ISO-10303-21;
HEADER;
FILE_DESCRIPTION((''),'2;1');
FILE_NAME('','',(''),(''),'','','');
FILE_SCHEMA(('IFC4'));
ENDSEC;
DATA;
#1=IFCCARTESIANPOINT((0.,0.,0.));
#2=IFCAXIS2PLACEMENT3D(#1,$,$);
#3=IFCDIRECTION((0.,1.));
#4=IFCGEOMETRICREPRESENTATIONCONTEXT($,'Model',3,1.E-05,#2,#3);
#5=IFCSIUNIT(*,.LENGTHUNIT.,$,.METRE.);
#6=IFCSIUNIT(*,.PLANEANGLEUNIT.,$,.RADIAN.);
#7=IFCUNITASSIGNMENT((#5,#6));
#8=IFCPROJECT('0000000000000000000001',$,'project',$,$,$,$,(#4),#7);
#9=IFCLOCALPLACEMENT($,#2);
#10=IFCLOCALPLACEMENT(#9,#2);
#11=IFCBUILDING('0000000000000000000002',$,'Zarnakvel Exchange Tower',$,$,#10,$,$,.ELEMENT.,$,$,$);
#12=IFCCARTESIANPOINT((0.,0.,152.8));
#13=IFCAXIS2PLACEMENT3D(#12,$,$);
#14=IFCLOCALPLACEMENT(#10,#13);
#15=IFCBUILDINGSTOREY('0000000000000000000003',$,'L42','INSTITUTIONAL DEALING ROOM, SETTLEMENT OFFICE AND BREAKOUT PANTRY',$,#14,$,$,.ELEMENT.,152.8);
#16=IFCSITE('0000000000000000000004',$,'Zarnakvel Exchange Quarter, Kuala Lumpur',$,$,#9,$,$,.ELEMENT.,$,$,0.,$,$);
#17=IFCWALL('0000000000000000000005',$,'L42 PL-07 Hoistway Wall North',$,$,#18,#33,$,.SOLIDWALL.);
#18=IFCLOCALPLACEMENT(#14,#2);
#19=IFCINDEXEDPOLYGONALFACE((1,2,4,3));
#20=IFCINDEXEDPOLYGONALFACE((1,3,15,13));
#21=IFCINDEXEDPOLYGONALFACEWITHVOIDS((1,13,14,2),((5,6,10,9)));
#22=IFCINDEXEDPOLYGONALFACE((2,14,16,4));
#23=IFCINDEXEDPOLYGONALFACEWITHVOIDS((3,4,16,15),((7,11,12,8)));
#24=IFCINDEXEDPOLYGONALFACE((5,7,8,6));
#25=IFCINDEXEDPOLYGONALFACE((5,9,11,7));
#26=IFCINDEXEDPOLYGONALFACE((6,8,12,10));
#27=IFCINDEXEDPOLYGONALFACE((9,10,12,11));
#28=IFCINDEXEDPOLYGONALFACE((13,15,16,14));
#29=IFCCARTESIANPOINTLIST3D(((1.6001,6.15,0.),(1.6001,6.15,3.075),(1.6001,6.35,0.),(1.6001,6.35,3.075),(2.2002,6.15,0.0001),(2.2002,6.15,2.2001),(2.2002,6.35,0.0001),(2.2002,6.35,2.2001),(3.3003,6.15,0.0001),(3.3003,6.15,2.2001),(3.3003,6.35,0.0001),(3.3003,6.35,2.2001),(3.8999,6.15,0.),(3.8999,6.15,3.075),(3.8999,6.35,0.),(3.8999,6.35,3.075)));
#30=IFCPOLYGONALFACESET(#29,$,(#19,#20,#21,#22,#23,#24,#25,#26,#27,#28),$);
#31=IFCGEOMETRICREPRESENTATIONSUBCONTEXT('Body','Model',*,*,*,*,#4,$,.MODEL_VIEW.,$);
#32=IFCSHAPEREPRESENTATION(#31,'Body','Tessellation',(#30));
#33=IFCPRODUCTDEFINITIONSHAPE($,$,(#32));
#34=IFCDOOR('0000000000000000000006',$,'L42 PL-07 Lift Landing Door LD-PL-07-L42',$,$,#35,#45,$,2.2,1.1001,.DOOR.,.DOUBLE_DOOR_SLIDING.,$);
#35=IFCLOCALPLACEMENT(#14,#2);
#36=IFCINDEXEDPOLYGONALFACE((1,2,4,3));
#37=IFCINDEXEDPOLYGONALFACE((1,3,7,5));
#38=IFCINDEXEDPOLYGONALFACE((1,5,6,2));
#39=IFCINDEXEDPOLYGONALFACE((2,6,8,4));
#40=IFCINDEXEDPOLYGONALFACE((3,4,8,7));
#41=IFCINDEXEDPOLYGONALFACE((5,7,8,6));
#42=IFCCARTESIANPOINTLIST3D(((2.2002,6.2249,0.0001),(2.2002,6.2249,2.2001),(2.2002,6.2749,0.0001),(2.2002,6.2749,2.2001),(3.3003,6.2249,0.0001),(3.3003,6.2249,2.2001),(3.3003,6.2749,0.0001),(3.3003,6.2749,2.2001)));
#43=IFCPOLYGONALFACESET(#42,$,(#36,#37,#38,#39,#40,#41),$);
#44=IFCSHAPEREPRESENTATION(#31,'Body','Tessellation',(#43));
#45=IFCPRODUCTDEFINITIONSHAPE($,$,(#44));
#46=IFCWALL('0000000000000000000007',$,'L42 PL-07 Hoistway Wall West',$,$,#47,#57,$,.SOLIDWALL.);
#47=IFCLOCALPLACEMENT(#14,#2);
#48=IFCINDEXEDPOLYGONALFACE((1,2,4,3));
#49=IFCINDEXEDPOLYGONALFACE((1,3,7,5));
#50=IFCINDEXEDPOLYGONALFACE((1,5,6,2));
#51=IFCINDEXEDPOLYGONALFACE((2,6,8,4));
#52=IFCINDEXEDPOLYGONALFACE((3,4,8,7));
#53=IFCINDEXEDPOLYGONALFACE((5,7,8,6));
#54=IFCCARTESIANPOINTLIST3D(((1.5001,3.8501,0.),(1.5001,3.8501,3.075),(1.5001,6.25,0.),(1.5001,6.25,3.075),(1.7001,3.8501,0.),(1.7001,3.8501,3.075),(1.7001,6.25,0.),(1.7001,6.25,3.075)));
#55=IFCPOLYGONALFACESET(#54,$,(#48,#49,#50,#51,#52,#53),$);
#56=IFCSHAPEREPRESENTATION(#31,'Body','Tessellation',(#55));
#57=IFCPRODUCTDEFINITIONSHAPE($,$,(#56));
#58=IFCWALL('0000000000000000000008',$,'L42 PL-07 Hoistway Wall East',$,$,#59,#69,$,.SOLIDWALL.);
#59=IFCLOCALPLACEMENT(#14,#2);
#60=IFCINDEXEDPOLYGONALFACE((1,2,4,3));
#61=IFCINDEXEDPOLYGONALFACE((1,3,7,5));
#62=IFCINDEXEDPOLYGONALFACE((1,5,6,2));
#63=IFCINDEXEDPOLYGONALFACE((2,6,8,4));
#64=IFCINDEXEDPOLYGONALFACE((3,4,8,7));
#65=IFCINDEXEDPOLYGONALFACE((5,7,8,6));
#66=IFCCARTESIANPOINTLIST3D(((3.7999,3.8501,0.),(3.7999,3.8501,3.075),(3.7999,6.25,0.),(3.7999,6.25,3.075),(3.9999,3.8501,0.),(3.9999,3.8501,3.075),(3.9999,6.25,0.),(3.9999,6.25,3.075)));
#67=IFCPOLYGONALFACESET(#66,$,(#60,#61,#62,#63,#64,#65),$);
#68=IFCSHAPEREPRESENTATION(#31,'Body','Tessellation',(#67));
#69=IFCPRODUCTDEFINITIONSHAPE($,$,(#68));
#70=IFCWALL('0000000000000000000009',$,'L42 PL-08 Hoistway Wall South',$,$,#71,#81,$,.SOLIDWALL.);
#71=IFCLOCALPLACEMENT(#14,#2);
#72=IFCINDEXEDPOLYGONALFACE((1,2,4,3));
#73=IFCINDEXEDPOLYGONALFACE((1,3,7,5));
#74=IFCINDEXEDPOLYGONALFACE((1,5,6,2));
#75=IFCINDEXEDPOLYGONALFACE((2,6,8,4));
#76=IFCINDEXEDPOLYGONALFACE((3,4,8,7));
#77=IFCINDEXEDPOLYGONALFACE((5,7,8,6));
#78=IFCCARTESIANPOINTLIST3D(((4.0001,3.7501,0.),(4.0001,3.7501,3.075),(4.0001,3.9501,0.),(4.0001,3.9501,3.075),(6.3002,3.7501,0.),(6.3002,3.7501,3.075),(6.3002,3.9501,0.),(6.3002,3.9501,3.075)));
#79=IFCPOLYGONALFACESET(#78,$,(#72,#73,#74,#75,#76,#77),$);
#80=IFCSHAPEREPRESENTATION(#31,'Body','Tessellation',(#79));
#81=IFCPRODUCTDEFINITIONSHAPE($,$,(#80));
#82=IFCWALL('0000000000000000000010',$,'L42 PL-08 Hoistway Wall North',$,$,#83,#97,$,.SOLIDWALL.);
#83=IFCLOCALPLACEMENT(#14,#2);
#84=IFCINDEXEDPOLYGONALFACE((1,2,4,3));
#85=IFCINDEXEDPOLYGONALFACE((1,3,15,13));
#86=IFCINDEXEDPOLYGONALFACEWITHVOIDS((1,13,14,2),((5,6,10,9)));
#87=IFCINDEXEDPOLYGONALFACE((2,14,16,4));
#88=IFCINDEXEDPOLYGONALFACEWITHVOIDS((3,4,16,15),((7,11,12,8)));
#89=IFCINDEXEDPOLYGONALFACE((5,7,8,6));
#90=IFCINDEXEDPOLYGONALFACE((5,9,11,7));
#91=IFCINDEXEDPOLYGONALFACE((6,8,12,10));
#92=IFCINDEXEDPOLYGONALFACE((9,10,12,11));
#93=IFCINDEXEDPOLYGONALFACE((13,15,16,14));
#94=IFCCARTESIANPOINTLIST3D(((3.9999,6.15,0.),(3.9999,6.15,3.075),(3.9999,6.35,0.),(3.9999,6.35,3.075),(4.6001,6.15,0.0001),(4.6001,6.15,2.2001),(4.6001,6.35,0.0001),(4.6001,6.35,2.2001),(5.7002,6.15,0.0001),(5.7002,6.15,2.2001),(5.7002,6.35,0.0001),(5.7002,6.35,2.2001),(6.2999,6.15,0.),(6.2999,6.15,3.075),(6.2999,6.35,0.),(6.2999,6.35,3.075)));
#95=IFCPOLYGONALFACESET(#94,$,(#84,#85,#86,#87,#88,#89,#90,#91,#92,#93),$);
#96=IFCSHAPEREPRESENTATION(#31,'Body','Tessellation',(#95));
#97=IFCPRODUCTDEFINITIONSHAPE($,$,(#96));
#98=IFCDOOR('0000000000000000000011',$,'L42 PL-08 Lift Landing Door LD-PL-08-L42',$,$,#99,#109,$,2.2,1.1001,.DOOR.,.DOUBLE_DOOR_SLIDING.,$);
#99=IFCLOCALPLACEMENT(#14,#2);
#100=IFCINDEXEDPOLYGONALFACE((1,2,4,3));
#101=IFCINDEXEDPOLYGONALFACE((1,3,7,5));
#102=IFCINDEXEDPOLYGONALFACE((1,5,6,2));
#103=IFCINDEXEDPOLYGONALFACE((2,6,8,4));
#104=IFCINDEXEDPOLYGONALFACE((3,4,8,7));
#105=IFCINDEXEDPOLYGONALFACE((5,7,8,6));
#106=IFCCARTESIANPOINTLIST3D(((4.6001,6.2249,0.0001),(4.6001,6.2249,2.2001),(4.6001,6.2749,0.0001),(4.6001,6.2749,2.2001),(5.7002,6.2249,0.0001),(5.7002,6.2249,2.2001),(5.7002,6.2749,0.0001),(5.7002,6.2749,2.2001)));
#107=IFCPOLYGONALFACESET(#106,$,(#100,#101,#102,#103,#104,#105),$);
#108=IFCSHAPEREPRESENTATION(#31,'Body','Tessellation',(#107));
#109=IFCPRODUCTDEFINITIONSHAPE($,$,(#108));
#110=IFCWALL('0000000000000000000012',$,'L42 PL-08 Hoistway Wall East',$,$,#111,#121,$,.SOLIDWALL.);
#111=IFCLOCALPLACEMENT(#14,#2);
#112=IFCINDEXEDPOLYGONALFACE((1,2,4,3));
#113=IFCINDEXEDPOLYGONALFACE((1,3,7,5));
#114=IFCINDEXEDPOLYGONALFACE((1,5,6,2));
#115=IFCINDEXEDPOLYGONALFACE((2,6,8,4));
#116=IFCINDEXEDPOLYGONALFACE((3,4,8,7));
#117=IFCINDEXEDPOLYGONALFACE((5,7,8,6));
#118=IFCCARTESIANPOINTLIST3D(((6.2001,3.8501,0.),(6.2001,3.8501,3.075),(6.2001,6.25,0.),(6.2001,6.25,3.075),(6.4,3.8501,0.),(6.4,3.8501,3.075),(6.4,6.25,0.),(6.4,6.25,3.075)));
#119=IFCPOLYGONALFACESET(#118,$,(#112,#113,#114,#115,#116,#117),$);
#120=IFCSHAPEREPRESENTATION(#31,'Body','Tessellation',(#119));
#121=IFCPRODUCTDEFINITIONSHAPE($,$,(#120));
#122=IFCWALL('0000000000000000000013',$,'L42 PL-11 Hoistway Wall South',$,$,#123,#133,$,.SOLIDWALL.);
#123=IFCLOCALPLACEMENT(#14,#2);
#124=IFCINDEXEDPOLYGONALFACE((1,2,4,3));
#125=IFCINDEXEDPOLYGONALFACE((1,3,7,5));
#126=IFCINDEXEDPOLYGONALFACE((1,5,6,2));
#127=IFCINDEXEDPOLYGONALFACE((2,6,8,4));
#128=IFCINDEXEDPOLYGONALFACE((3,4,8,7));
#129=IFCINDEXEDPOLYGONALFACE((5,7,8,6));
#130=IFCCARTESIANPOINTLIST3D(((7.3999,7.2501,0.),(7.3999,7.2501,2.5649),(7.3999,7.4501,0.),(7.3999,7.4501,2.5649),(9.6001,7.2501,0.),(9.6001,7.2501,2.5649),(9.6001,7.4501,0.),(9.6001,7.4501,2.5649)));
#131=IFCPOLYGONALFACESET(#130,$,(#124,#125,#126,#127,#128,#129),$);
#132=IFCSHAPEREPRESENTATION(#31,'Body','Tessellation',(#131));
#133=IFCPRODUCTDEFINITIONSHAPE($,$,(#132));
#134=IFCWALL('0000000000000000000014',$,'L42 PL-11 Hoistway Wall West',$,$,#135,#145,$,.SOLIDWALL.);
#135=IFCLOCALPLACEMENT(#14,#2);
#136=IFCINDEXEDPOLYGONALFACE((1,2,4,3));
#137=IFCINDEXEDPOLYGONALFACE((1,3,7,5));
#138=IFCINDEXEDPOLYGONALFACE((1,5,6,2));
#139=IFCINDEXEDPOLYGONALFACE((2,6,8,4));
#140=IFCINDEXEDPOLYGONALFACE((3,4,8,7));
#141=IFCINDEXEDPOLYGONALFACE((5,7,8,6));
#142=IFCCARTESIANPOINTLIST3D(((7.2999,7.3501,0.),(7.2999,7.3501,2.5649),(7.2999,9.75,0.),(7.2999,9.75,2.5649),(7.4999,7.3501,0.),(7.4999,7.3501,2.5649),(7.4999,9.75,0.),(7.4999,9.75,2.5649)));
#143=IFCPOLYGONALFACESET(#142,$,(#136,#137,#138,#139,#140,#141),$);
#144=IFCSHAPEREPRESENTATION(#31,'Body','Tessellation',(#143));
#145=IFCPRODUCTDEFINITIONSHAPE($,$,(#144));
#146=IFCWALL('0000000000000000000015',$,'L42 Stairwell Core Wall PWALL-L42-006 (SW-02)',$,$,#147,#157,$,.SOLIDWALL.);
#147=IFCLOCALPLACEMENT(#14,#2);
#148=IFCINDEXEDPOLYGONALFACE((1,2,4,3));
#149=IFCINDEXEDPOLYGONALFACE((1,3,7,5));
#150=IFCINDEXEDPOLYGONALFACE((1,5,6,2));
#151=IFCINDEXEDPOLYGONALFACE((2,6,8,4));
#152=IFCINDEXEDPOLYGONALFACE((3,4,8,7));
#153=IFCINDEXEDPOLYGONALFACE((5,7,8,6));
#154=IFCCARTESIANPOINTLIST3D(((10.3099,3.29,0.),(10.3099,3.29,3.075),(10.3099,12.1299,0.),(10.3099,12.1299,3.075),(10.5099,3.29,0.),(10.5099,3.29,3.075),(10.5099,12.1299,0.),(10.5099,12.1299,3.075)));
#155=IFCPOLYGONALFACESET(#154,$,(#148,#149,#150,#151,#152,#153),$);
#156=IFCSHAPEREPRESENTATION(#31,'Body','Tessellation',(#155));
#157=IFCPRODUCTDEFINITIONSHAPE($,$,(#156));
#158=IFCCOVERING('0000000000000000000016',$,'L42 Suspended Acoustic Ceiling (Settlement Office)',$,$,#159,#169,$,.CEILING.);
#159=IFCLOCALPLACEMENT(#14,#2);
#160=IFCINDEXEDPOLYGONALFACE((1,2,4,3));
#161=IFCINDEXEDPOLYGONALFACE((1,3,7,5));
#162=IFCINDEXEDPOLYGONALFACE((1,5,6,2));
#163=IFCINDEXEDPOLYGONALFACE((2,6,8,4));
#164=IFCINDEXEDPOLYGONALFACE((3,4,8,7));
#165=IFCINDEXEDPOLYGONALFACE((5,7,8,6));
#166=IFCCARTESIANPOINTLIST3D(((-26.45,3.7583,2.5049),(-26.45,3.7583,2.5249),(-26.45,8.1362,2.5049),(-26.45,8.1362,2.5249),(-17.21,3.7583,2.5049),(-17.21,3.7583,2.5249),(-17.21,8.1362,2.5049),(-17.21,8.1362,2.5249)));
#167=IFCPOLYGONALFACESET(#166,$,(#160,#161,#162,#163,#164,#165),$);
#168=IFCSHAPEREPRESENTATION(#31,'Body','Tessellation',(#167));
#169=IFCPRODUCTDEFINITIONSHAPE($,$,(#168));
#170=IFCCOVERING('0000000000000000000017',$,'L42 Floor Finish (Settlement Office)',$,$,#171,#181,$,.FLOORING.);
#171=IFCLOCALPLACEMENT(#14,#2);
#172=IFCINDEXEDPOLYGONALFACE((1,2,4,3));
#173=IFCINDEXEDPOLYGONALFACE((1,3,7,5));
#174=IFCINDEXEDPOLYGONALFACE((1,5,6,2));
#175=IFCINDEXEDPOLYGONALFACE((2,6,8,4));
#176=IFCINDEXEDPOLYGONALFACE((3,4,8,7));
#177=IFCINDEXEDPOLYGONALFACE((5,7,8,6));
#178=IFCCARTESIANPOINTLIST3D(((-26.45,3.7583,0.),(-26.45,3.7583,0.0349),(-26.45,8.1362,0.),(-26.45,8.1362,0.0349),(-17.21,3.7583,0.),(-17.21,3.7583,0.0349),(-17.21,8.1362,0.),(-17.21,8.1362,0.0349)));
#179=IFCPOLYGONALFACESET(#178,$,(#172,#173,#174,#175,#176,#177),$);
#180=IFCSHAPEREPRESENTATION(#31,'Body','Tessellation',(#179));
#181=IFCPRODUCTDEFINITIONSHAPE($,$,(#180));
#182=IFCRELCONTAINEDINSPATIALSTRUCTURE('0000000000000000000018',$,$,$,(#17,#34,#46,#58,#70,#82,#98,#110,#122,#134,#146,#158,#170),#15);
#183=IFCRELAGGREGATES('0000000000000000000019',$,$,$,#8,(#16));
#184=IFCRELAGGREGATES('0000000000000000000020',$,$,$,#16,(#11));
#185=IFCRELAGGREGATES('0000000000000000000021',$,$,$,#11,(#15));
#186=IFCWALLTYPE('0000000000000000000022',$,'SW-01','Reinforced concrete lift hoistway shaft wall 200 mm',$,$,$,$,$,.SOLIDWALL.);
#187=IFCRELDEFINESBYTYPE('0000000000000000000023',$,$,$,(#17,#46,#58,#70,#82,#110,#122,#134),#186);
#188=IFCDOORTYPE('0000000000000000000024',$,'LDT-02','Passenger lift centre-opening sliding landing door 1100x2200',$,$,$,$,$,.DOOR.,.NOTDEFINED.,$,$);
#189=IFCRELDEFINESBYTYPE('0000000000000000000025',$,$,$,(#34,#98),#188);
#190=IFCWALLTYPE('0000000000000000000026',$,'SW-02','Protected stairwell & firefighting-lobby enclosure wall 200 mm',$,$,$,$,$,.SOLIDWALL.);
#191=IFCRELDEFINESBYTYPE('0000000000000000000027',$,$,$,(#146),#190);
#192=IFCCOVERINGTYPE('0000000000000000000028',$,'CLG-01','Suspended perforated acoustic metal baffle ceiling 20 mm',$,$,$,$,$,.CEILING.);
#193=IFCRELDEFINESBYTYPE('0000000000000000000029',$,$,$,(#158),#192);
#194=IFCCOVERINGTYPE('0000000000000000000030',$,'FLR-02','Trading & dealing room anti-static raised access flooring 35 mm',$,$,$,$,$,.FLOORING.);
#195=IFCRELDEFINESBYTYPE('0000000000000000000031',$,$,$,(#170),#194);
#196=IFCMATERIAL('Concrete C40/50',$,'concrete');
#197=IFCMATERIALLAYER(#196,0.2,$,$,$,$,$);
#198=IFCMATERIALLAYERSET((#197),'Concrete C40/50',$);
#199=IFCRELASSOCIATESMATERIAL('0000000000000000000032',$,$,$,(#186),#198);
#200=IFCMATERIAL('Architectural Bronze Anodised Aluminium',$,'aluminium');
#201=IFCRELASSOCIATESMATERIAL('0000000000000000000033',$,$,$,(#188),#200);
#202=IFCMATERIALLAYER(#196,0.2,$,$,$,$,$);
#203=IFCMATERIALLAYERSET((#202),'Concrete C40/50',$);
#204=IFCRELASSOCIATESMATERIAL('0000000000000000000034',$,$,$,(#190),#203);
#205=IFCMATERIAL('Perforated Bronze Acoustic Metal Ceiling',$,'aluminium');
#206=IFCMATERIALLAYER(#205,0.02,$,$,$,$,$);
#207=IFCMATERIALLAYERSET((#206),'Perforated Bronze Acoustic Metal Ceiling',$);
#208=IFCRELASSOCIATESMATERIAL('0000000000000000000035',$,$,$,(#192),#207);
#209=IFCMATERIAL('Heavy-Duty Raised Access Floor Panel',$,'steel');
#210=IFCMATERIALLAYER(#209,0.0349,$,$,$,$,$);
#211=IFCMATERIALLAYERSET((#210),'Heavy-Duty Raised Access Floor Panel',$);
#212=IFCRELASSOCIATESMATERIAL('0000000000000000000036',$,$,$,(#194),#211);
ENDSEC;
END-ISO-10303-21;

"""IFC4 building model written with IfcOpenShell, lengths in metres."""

from ifc_helpers import new_model, si_unit, direction, frame, frame_2d, origin, place, context, subcontext, project, spatial, polyline, rectangle, outline, extrude, source, transform, mapped, material, layer, layer_set, type_object, element, fill, save


model = new_model("IFC4")

# Units and contexts
model_context = context("Model", 3, precision=1e-05, world=origin(), true_north=direction((0.0, 1.0)))
body_context = subcontext(model_context, "Body", "Model", "MODEL_VIEW")
ifc_project = project(units=[si_unit("LENGTHUNIT", "METRE"), si_unit("PLANEANGLEUNIT", "RADIAN")], contexts=[model_context])

# Site, building, storey
site_placement = place(None, origin())
site = spatial("IfcSite", under=ifc_project, at=site_placement, Name="Zarnakvel Exchange Quarter, Kuala Lumpur", CompositionType="ELEMENT", RefElevation=0.0)
building_placement = place(site_placement, origin())
building = spatial("IfcBuilding", under=site, at=building_placement, Name="Zarnakvel Exchange Tower", CompositionType="ELEMENT")
storey_placement = place(building_placement, frame((0.0, 0.0, 152.8)))
storey = spatial("IfcBuildingStorey", under=building, at=storey_placement, Name="L42", Description="INSTITUTIONAL DEALING ROOM, SETTLEMENT OFFICE AND BREAKOUT PANTRY", CompositionType="ELEMENT", Elevation=152.8)

# Shared definitions
ifc_material_1 = material(Name="Concrete C40/50", Category="concrete")
ifc_layer_1 = layer(ifc_material_1, 0.2)
ifc_layer_set_1 = layer_set([ifc_layer_1], Name="Concrete C40/50")
wall_type_1 = type_object("IfcWallType", Name="SW-01", Description="Reinforced concrete lift hoistway shaft wall 200 mm", PredefinedType="SOLIDWALL", material=ifc_layer_set_1)
shared_shape_1 = source(origin(), body_context, "Body", "SweptSolid", [
    extrude(rectangle(XDim=1.1001, YDim=2.2, at=frame_2d((0.55, 1.1001))), frame((0.0, 0.0249, 0.0), z_axis=(0.0, -1.0, 0.0), x_axis=(1.0, 0.0, 0.0)), (0.0, 0.0, 1.0), 0.05),
])

# Wall, opening, door
wall_1_placement = place(storey_placement, frame((1.6001, 6.25, 0.0), z_axis=(0.0, 0.0, 1.0), x_axis=(1.0, 0.0, 0.0)))
wall_1 = element("IfcWall", 1, at=wall_1_placement, inside=storey, type_object=wall_type_1, Name="L42 PL-07 Hoistway Wall North", PredefinedType="SOLIDWALL", context=body_context, shape_type="SweptSolid", body=[
    extrude(rectangle(XDim=2.2998, YDim=0.2, at=frame_2d((1.1499, 0.0))), origin(), (0.0, 0.0, 1.0), 3.075),
])
opening_1_placement = place(wall_1_placement, frame((0.6001, 0.0, 0.0)))
opening_1 = element("IfcOpeningElement", 2, at=opening_1_placement, cuts=wall_1, PredefinedType="OPENING", context=body_context, shape_type="SweptSolid", body=[
    extrude(rectangle(XDim=1.1001, YDim=2.2, at=frame_2d((0.55, 1.1001))), frame((0.0, 0.1099, 0.0), z_axis=(0.0, -1.0, 0.0), x_axis=(1.0, 0.0, 0.0)), (0.0, 0.0, 1.0), 0.22),
])
ifc_material_2 = material(Name="Architectural Bronze Anodised Aluminium", Category="aluminium")
door_type_1 = type_object("IfcDoorType", Name="LDT-02", Description="Passenger lift centre-opening sliding landing door 1100x2200", OperationType="NOTDEFINED", PredefinedType="DOOR", material=ifc_material_2)
door_1_placement = place(opening_1_placement, origin())
door_1 = element("IfcDoor", 3, at=door_1_placement, inside=storey, type_object=door_type_1, Name="L42 PL-07 Lift Landing Door LD-PL-07-L42", OperationType="DOUBLE_DOOR_SLIDING", OverallHeight=2.2, OverallWidth=1.1001, PredefinedType="DOOR", context=body_context, shape_type="MappedRepresentation", body=[
    mapped(shared_shape_1, transform((0.0, 0.0, 0.0), x_axis=(1.0, 0.0, 0.0), y_axis=(0.0, 1.0, 0.0), z_axis=(0.0, 0.0, 1.0), scale=1.0)),
])
fill(opening_1, door_1)

# Walls
for number, where, z_axis, x_axis, name in (
    (4, (1.6001, 3.8501, 0.0), (0.0, 0.0, 1.0), (0.0, 1.0, 0.0), "L42 PL-07 Hoistway Wall West"),
    (5, (3.8999, 6.25, 0.0), (0.0, 0.0, 1.0), (0.0, -1.0, 0.0), "L42 PL-07 Hoistway Wall East"),
):
    element("IfcWall", number, at=place(storey_placement, frame(where, z_axis=z_axis, x_axis=x_axis)), inside=storey, type_object=wall_type_1, Name=name, PredefinedType="SOLIDWALL", context=body_context, shape_type="SweptSolid", body=[
        extrude(rectangle(XDim=2.3999, YDim=0.2, at=frame_2d((1.2, 0.0))), origin(), (0.0, 0.0, 1.0), 3.075),
    ])
wall_2_placement = place(storey_placement, frame((6.3, 3.8501, 0.0), z_axis=(0.0, 0.0, 1.0), x_axis=(-1.0, 0.0, 0.0)))
element("IfcWall", 6, at=wall_2_placement, inside=storey, type_object=wall_type_1, Name="L42 PL-08 Hoistway Wall South", PredefinedType="SOLIDWALL", context=body_context, shape_type="SweptSolid", body=[
    extrude(rectangle(XDim=2.3, YDim=0.2, at=frame_2d((1.1499, 0.0))), origin(), (0.0, 0.0, 1.0), 3.075),
])

# Wall, opening, door
wall_3_placement = place(storey_placement, frame((4.0, 6.25, 0.0), z_axis=(0.0, 0.0, 1.0), x_axis=(1.0, 0.0, 0.0)))
wall_3 = element("IfcWall", 7, at=wall_3_placement, inside=storey, type_object=wall_type_1, Name="L42 PL-08 Hoistway Wall North", PredefinedType="SOLIDWALL", context=body_context, shape_type="SweptSolid", body=[
    extrude(rectangle(XDim=2.3, YDim=0.2, at=frame_2d((1.1499, 0.0))), origin(), (0.0, 0.0, 1.0), 3.075),
])
opening_2_placement = place(wall_3_placement, frame((0.6001, 0.0, 0.0)))
opening_2 = element("IfcOpeningElement", 8, at=opening_2_placement, cuts=wall_3, PredefinedType="OPENING", context=body_context, shape_type="SweptSolid", body=[
    extrude(rectangle(XDim=1.1001, YDim=2.2, at=frame_2d((0.55, 1.1001))), frame((0.0, 0.1099, 0.0), z_axis=(0.0, -1.0, 0.0), x_axis=(1.0, 0.0, 0.0)), (0.0, 0.0, 1.0), 0.22),
])
door_2_placement = place(opening_2_placement, origin())
door_2 = element("IfcDoor", 9, at=door_2_placement, inside=storey, type_object=door_type_1, Name="L42 PL-08 Lift Landing Door LD-PL-08-L42", OperationType="DOUBLE_DOOR_SLIDING", OverallHeight=2.2, OverallWidth=1.1001, PredefinedType="DOOR", context=body_context, shape_type="MappedRepresentation", body=[
    mapped(shared_shape_1, transform((0.0, 0.0, 0.0), x_axis=(1.0, 0.0, 0.0), y_axis=(0.0, 1.0, 0.0), z_axis=(0.0, 0.0, 1.0), scale=1.0)),
])
fill(opening_2, door_2)

# Walls
wall_4_placement = place(storey_placement, frame((6.3, 6.25, 0.0), z_axis=(0.0, 0.0, 1.0), x_axis=(0.0, -1.0, 0.0)))
element("IfcWall", 10, at=wall_4_placement, inside=storey, type_object=wall_type_1, Name="L42 PL-08 Hoistway Wall East", PredefinedType="SOLIDWALL", context=body_context, shape_type="SweptSolid", body=[
    extrude(rectangle(XDim=2.3999, YDim=0.2, at=frame_2d((1.2, 0.0))), origin(), (0.0, 0.0, 1.0), 3.075),
])
wall_5_placement = place(storey_placement, frame((9.6001, 7.3501, 0.0), z_axis=(0.0, 0.0, 1.0), x_axis=(-1.0, 0.0, 0.0)))
element("IfcWall", 11, at=wall_5_placement, inside=storey, type_object=wall_type_1, Name="L42 PL-11 Hoistway Wall South", PredefinedType="SOLIDWALL", context=body_context, shape_type="SweptSolid", body=[
    extrude(rectangle(XDim=2.2002, YDim=0.2, at=frame_2d((1.1001, 0.0))), origin(), (0.0, 0.0, 1.0), 2.5649),
])
wall_6_placement = place(storey_placement, frame((7.3999, 7.3501, 0.0), z_axis=(0.0, 0.0, 1.0), x_axis=(0.0, 1.0, 0.0)))
element("IfcWall", 12, at=wall_6_placement, inside=storey, type_object=wall_type_1, Name="L42 PL-11 Hoistway Wall West", PredefinedType="SOLIDWALL", context=body_context, shape_type="SweptSolid", body=[
    extrude(rectangle(XDim=2.3999, YDim=0.2, at=frame_2d((1.2, 0.0))), origin(), (0.0, 0.0, 1.0), 2.5649),
])
ifc_layer_2 = layer(ifc_material_1, 0.2)
ifc_layer_set_2 = layer_set([ifc_layer_2], Name="Concrete C40/50")
wall_type_2 = type_object("IfcWallType", Name="SW-02", Description="Protected stairwell & firefighting-lobby enclosure wall 200 mm", PredefinedType="SOLIDWALL", material=ifc_layer_set_2)
wall_7_placement = place(storey_placement, frame((10.4099, 3.29, 0.0), z_axis=(0.0, 0.0, 1.0), x_axis=(0.0, 1.0, 0.0)))
element("IfcWall", 13, at=wall_7_placement, inside=storey, type_object=wall_type_2, Name="L42 Stairwell Core Wall PWALL-L42-006 (SW-02)", PredefinedType="SOLIDWALL", context=body_context, shape_type="SweptSolid", body=[
    extrude(rectangle(XDim=8.8398, YDim=0.2, at=frame_2d((4.4199, 0.0))), origin(), (0.0, 0.0, 1.0), 3.075),
])

# Coverings
ifc_material_3 = material(Name="Perforated Bronze Acoustic Metal Ceiling", Category="aluminium")
ifc_layer_3 = layer(ifc_material_3, 0.02)
ifc_layer_set_3 = layer_set([ifc_layer_3], Name="Perforated Bronze Acoustic Metal Ceiling")
covering_type_1 = type_object("IfcCoveringType", Name="CLG-01", Description="Suspended perforated acoustic metal baffle ceiling 20 mm", PredefinedType="CEILING", material=ifc_layer_set_3)
covering_1_placement = place(storey_placement, frame((0.0, 0.0, 2.5049)))
element("IfcCovering", 14, at=covering_1_placement, inside=storey, type_object=covering_type_1, Name="L42 Suspended Acoustic Ceiling (Settlement Office)", PredefinedType="CEILING", context=body_context, shape_type="SweptSolid", body=[
    extrude(outline(polyline([(-26.45, 8.1362), (-17.21, 8.1362), (-17.21, 3.7583), (-26.45, 3.7583), (-26.45, 8.1362)])), origin(), (0.0, 0.0, 1.0), 0.02),
])
ifc_material_4 = material(Name="Heavy-Duty Raised Access Floor Panel", Category="steel")
ifc_layer_4 = layer(ifc_material_4, 0.0349)
ifc_layer_set_4 = layer_set([ifc_layer_4], Name="Heavy-Duty Raised Access Floor Panel")
covering_type_2 = type_object("IfcCoveringType", Name="FLR-02", Description="Trading & dealing room anti-static raised access flooring 35 mm", PredefinedType="FLOORING", material=ifc_layer_set_4)
covering_2_placement = place(storey_placement, origin())
element("IfcCovering", 15, at=covering_2_placement, inside=storey, type_object=covering_type_2, Name="L42 Floor Finish (Settlement Office)", PredefinedType="FLOORING", context=body_context, shape_type="SweptSolid", body=[
    extrude(outline(polyline([(-26.45, 8.1362), (-17.21, 8.1362), (-17.21, 3.7583), (-26.45, 3.7583), (-26.45, 8.1362)])), origin(), (0.0, 0.0, 1.0), 0.0349),
])

save(model, "model.ifc")
